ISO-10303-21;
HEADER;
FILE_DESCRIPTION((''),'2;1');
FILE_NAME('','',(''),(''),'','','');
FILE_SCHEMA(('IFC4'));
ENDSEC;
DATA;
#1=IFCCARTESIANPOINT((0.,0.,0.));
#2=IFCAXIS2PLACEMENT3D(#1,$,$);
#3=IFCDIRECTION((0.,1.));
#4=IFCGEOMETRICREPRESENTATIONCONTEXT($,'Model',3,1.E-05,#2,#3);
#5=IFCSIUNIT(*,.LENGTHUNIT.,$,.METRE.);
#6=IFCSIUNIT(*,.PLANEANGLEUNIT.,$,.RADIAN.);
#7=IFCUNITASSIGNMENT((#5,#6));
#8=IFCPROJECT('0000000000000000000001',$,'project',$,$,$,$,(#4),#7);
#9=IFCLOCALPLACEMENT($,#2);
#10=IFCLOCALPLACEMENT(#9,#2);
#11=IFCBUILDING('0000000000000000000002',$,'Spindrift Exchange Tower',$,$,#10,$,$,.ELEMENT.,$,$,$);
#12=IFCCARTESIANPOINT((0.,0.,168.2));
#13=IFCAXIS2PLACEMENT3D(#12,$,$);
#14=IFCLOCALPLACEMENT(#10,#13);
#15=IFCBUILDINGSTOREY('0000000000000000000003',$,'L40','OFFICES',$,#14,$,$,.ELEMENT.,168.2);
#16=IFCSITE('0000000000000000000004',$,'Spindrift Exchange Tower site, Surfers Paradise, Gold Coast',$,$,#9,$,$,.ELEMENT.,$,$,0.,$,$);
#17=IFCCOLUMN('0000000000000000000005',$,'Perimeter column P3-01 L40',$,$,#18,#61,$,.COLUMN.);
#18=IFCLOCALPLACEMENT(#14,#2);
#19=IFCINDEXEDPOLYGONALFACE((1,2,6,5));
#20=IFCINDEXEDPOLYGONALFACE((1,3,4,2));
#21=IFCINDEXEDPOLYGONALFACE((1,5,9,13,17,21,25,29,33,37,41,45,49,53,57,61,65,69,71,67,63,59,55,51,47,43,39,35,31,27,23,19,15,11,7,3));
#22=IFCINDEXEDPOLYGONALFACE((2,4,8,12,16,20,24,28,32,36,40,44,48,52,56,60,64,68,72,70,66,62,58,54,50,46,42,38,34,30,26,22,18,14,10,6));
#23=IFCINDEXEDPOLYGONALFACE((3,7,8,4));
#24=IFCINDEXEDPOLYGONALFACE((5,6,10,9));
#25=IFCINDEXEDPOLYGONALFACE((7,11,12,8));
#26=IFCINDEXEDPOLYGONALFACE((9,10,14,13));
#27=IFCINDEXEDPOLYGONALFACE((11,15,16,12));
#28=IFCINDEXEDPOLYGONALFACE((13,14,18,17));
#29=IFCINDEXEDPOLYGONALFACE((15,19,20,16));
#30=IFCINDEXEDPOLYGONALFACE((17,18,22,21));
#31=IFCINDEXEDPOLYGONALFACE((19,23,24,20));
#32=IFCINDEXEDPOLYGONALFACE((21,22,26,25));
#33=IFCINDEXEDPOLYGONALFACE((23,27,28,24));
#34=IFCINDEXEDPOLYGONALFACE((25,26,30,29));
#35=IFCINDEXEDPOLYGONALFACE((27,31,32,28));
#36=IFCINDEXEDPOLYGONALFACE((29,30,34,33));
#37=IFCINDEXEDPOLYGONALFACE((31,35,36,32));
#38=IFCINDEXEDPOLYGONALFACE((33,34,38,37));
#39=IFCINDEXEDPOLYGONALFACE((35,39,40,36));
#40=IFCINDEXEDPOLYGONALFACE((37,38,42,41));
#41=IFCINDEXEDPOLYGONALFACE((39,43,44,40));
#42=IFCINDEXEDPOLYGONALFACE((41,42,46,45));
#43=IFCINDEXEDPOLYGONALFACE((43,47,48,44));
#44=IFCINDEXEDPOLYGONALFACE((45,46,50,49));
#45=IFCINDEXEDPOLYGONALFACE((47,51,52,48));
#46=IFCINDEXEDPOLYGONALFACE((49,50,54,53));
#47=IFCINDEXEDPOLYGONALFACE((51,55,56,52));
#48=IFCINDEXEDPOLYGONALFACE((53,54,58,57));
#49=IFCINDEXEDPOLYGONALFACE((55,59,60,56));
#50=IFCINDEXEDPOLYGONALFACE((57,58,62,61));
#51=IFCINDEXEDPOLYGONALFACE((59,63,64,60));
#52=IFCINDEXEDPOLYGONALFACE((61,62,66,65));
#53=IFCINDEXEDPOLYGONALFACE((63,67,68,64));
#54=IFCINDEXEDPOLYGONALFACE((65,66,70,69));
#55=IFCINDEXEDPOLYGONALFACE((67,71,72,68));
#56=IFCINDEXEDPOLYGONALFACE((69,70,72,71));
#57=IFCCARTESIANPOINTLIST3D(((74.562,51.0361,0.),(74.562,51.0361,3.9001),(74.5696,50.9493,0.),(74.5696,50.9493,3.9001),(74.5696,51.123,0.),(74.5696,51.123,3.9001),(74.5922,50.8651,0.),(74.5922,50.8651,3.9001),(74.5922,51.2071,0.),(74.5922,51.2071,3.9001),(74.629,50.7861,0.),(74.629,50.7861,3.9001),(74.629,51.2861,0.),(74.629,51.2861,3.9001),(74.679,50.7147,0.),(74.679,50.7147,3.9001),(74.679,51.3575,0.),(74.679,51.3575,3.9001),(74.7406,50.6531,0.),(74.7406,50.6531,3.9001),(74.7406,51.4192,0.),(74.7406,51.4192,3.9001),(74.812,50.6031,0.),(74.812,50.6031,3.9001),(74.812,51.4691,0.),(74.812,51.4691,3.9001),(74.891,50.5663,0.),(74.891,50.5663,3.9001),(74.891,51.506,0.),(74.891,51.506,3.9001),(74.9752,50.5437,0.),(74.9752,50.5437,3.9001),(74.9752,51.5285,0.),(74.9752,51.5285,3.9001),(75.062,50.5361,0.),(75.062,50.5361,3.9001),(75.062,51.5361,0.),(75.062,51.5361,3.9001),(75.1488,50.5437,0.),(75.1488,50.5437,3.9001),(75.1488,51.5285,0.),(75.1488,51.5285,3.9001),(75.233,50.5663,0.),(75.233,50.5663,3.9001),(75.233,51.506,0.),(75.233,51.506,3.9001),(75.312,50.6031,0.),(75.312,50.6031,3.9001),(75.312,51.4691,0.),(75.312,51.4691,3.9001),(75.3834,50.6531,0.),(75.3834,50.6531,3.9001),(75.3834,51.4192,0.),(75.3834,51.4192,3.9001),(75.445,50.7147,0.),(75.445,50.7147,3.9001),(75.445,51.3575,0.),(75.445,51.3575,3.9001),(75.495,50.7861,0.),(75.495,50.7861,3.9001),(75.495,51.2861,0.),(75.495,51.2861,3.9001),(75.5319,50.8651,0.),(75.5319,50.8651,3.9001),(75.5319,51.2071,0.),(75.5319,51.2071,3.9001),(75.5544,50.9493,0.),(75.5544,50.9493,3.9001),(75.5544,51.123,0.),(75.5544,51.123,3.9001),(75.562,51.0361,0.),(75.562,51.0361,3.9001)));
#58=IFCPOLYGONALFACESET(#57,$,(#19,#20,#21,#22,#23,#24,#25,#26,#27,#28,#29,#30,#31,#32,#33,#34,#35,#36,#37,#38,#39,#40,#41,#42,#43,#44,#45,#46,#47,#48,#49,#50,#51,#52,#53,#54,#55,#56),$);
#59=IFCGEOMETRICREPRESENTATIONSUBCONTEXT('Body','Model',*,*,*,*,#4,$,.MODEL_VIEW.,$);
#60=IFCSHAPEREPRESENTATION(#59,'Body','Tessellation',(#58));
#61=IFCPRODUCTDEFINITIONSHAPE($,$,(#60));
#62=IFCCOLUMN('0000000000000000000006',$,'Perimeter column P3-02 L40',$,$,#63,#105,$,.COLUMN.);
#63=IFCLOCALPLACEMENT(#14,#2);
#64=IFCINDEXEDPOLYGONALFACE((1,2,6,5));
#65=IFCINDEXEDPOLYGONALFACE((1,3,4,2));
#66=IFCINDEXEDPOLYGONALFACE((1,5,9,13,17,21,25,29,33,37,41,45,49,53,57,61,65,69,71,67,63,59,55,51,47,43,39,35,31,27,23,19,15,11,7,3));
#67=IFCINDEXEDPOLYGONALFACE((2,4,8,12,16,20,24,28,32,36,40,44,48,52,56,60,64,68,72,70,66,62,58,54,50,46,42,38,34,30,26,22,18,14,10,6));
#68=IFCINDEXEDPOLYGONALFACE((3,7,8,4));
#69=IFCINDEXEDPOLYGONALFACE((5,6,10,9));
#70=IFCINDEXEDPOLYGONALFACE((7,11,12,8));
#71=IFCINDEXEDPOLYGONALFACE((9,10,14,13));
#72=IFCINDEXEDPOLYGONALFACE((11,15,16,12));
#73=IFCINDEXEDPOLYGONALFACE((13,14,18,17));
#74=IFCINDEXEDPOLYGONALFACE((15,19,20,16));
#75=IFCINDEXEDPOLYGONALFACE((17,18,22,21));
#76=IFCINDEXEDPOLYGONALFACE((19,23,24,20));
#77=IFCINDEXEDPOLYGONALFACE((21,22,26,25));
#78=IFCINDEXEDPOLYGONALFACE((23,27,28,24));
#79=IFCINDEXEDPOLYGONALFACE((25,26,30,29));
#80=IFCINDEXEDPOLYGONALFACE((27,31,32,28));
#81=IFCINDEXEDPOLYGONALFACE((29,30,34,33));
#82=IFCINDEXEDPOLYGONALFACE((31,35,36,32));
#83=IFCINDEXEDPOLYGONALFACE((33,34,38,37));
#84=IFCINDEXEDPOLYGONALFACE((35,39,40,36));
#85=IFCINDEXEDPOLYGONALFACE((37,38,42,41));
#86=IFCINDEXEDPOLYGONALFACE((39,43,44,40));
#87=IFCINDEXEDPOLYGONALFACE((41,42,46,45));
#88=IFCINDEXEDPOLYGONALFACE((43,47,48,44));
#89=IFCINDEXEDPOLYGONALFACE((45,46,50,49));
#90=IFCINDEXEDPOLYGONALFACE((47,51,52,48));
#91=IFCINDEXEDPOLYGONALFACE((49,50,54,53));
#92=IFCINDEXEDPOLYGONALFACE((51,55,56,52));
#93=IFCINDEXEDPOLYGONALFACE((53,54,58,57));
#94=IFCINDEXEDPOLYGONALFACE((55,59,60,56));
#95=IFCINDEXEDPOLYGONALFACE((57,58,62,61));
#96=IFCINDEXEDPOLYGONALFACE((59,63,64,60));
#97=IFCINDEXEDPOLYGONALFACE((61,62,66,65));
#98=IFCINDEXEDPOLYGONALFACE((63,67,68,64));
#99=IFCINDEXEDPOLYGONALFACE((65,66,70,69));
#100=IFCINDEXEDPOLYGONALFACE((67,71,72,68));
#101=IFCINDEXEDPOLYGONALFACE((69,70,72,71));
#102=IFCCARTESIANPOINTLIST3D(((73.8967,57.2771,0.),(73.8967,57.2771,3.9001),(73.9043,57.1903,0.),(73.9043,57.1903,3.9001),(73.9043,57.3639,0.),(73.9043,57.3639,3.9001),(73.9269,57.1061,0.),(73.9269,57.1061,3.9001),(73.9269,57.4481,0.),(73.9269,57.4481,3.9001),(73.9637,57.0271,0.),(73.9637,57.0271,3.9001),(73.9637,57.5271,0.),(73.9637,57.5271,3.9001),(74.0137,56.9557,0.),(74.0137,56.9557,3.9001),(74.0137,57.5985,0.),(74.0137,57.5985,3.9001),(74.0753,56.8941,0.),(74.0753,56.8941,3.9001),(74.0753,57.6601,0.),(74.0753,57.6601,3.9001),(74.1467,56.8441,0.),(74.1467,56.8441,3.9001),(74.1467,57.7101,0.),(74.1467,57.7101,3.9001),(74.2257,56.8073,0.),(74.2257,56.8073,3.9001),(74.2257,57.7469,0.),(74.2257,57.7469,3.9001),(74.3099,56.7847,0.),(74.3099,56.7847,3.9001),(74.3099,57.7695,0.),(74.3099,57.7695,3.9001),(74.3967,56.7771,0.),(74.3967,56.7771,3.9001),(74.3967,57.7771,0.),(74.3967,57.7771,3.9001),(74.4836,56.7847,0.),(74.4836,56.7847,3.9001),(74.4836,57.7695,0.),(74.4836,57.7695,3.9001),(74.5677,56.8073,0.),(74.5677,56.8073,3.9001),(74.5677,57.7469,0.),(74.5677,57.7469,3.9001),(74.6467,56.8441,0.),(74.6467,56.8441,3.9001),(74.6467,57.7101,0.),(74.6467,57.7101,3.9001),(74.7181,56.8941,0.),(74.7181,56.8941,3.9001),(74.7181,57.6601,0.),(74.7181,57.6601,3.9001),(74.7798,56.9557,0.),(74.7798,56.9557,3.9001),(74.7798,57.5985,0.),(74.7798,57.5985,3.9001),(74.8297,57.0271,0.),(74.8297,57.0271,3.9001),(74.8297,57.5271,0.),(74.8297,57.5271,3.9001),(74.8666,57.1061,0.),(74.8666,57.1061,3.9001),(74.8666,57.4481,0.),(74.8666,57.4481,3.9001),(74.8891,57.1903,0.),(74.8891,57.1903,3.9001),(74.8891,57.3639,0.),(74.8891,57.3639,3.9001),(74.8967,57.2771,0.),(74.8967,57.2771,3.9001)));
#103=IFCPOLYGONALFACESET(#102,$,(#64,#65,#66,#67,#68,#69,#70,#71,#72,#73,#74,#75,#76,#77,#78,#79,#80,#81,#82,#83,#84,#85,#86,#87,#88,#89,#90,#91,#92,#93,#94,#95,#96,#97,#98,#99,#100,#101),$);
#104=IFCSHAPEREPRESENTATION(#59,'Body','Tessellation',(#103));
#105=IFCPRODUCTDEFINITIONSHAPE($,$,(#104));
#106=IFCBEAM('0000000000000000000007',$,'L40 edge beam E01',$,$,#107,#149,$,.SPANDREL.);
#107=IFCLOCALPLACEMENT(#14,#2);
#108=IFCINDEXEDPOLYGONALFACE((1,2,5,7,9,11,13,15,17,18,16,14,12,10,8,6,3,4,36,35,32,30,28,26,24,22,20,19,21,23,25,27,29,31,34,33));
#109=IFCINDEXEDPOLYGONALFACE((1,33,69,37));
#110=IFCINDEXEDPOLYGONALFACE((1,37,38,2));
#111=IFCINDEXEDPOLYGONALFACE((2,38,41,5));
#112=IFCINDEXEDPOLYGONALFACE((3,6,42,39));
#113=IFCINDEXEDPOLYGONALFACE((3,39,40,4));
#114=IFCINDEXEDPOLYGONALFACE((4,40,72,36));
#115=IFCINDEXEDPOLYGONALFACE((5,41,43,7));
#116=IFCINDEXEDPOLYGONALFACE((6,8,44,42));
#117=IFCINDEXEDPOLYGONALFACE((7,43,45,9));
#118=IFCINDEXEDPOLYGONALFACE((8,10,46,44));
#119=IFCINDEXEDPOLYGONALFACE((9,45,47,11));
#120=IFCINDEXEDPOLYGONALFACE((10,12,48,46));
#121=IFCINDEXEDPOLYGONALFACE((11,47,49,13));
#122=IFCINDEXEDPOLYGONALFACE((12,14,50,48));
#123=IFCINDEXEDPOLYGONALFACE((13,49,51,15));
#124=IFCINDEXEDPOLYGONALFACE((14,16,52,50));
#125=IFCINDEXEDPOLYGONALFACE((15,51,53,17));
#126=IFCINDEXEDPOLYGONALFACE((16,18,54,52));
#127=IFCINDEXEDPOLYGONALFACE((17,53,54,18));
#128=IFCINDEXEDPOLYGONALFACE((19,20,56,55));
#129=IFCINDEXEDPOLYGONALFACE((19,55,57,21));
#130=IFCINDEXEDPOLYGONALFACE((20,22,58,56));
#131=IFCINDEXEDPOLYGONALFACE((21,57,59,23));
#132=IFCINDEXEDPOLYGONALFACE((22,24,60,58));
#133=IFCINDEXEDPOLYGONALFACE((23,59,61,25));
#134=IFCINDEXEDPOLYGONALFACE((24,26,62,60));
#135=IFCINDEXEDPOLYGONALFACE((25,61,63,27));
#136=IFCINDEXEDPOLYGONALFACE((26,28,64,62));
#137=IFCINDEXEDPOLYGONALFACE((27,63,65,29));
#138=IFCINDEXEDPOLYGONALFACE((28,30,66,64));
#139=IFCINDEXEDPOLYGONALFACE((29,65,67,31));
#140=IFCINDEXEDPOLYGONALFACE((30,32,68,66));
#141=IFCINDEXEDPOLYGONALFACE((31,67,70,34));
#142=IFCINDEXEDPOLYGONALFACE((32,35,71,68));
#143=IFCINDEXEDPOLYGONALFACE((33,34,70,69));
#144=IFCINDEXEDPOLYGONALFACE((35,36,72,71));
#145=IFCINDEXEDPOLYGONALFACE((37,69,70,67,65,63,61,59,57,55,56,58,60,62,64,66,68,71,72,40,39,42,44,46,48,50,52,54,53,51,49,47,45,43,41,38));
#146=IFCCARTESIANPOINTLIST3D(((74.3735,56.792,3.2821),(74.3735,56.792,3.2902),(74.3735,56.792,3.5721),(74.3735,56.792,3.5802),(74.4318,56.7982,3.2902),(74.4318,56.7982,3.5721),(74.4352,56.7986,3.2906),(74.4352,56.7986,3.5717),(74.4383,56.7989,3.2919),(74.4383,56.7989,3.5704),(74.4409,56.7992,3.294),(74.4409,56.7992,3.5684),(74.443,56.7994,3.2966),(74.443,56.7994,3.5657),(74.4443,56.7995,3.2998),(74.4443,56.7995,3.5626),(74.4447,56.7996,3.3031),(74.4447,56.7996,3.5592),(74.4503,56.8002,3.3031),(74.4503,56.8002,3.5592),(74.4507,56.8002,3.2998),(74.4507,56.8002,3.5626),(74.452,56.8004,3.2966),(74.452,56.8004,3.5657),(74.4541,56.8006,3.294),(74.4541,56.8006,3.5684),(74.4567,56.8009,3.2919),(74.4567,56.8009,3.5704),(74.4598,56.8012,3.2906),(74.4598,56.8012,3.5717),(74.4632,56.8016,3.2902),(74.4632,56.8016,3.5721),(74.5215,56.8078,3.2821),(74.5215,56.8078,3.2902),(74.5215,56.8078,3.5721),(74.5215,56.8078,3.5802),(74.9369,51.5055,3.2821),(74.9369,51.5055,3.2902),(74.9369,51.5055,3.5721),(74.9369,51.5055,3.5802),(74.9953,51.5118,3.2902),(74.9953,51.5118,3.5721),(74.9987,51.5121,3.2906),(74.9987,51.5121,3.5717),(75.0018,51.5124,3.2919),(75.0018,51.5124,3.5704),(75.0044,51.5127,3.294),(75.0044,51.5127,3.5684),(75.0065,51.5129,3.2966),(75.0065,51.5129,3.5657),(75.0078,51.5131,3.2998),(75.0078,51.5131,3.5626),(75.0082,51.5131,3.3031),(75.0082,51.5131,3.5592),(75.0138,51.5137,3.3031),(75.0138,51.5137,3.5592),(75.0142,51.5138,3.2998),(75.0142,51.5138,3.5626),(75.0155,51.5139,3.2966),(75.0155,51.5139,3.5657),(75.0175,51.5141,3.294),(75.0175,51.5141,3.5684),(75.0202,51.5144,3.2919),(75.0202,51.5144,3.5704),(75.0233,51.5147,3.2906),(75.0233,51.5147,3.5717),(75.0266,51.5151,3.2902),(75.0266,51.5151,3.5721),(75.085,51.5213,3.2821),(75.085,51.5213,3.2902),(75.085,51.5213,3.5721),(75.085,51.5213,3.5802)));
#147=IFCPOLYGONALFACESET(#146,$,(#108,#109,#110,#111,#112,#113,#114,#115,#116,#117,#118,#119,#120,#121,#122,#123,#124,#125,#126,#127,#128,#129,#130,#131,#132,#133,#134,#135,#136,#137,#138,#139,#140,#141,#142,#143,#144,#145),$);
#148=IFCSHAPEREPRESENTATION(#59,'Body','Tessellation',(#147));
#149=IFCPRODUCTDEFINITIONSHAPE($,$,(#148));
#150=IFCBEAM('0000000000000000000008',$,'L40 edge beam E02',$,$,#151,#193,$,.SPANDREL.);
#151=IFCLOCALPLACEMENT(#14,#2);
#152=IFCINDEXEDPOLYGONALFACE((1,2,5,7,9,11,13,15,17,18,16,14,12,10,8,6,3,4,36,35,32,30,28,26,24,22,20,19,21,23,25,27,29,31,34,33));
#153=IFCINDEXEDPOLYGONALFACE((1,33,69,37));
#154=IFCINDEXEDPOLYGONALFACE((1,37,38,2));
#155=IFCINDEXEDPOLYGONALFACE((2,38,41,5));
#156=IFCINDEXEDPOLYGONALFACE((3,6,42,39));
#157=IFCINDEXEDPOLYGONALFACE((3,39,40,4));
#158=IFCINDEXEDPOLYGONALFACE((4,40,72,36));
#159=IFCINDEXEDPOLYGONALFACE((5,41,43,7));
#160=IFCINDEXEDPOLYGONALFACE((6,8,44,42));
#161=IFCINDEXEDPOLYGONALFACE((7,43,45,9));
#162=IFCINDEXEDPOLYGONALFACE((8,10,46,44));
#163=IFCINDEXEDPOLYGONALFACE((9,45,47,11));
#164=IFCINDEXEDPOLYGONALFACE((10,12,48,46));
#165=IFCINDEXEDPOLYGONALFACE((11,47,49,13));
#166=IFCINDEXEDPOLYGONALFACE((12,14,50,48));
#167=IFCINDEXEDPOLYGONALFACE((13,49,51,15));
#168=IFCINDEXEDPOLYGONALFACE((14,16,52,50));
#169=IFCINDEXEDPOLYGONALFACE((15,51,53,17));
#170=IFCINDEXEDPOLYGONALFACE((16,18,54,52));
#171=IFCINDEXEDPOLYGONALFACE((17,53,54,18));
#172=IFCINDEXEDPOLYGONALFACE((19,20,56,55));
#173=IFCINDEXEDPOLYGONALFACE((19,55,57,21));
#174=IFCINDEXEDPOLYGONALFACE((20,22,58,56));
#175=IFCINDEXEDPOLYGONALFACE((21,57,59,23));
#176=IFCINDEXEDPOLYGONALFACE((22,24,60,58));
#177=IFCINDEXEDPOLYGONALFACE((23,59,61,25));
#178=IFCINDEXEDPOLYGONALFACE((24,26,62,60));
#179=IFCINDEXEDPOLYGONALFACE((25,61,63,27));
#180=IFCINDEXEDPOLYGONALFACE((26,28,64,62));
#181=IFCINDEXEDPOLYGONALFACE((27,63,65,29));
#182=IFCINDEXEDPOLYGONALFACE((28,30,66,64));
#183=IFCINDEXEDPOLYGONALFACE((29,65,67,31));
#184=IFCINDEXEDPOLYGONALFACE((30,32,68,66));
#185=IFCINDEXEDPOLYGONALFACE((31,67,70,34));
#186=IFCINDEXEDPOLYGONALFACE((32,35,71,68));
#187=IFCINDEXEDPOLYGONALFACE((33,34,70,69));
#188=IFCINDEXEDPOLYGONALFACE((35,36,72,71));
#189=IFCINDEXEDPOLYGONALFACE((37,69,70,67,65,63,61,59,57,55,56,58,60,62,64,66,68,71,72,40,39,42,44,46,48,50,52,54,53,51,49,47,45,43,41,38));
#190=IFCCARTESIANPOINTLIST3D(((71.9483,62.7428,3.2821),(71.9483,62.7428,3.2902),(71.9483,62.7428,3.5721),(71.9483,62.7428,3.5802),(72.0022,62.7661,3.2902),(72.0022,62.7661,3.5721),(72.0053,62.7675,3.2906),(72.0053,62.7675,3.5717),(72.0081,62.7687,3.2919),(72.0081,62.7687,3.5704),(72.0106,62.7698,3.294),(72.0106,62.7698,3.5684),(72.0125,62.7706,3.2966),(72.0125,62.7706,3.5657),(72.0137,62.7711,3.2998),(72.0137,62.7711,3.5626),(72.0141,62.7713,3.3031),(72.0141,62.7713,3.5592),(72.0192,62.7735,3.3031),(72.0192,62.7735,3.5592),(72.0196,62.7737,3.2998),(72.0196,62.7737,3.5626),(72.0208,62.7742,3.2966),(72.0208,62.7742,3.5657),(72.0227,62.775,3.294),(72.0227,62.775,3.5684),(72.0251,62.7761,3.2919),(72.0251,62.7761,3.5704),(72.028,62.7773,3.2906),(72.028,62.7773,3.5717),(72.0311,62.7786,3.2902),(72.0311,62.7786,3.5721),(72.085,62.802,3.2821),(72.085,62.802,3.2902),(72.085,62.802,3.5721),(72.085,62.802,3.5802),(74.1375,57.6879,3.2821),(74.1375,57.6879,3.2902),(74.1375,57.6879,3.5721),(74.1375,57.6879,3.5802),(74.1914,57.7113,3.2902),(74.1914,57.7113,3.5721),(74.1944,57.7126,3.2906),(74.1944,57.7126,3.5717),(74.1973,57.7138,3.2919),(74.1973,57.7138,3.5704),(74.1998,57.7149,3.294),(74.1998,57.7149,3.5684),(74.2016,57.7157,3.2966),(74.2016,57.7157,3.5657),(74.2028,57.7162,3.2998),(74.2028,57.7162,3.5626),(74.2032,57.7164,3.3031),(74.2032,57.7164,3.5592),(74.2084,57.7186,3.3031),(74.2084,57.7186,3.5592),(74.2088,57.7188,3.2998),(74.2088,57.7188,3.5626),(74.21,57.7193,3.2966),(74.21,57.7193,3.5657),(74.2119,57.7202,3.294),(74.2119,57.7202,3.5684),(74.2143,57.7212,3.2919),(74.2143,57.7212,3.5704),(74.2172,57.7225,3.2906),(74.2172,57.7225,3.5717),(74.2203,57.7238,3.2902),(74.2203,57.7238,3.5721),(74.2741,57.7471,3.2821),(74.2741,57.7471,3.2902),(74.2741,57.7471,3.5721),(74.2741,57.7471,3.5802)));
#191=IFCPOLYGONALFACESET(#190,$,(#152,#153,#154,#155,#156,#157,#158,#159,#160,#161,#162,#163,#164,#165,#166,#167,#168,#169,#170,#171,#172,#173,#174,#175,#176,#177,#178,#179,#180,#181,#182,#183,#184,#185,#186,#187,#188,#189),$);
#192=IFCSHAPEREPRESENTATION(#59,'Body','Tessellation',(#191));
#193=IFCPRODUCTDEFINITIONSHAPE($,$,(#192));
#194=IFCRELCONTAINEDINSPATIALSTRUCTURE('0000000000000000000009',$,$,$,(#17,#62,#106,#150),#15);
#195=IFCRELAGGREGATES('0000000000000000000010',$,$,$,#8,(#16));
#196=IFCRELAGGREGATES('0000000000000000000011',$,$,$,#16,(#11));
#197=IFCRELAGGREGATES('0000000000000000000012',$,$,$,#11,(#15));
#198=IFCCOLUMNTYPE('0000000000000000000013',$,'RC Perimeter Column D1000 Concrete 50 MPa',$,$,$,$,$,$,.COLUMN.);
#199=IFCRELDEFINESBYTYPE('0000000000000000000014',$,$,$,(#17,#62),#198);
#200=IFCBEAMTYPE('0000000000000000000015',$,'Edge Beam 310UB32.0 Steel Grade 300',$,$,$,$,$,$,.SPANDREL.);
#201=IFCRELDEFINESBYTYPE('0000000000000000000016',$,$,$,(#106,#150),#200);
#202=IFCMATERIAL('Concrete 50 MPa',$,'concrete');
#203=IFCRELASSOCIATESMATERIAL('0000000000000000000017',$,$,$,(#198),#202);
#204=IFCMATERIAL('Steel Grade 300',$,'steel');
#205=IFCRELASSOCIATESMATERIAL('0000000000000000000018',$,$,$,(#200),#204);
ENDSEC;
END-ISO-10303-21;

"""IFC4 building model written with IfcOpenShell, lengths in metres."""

from ifc_helpers import new_model, si_unit, direction, frame, origin, origin_2d, place, context, subcontext, project, spatial, circle, i_section, extrude, source, transform, mapped, material, material_profile, profile_set, type_object, element, save


model = new_model("IFC4")

# Units and contexts
model_context = context("Model", 3, precision=1e-05, world=origin(), true_north=direction((0.0, 1.0)))
body_context = subcontext(model_context, "Body", "Model", "MODEL_VIEW")
ifc_project = project(units=[si_unit("LENGTHUNIT", "METRE"), si_unit("PLANEANGLEUNIT", "RADIAN")], contexts=[model_context])

# Site, building, storey
site_placement = place(None, origin())
site = spatial("IfcSite", under=ifc_project, at=site_placement, Name="Spindrift Exchange Tower site, Surfers Paradise, Gold Coast", CompositionType="ELEMENT", RefElevation=0.0)
building_placement = place(site_placement, origin())
building = spatial("IfcBuilding", under=site, at=building_placement, Name="Spindrift Exchange Tower", CompositionType="ELEMENT")
storey_placement = place(building_placement, frame((0.0, 0.0, 168.2)))
storey = spatial("IfcBuildingStorey", under=building, at=storey_placement, Name="L40", Description="OFFICES", CompositionType="ELEMENT", Elevation=168.2)

# Columns
ifc_material_1 = material(Name="Concrete 50 MPa", Category="concrete")
ifc_material_profile_1 = material_profile(ifc_material_1, circle(Radius=0.5, at=origin_2d()), Name="RC D1000")
ifc_profile_set_1 = profile_set([ifc_material_profile_1], Name="Concrete 50 MPa")
column_type = type_object("IfcColumnType", Name="RC Perimeter Column D1000 Concrete 50 MPa", PredefinedType="COLUMN", material=ifc_profile_set_1)
shared_shape_1 = source(origin(), body_context, "Body", "SweptSolid", [
    extrude(circle(Radius=0.5, at=origin_2d()), origin(), (0.0, 0.0, 1.0), 3.9001),
])
for number, where, z_axis, x_axis, name in (
    (1, (75.062, 51.0361, 0.0), (0.0, 0.0, 1.0), (1.0, 0.0, 0.0), "Perimeter column P3-01 L40"),
    (2, (74.3967, 57.2771, 0.0), (0.0, 0.0, 1.0), (1.0, 0.0, 0.0), "Perimeter column P3-02 L40"),
):
    element("IfcColumn", number, at=place(storey_placement, frame(where, z_axis=z_axis, x_axis=x_axis)), inside=storey, type_object=column_type, Name=name, PredefinedType="COLUMN", context=body_context, shape_type="MappedRepresentation", body=[
        mapped(shared_shape_1, transform((0.0, 0.0, 0.0), scale=1.0)),
    ])

# Beams
ifc_material_2 = material(Name="Steel Grade 300", Category="steel")
ifc_material_profile_2 = material_profile(ifc_material_2, i_section(OverallWidth=0.1489, OverallDepth=0.2981, WebThickness=0.0056, FlangeThickness=0.0081, FilletRadius=0.0129, at=origin_2d()), Name="310UB32.0")
ifc_profile_set_2 = profile_set([ifc_material_profile_2], Name="Steel Grade 300")
beam_type_1 = type_object("IfcBeamType", Name="Edge Beam 310UB32.0 Steel Grade 300", PredefinedType="SPANDREL", material=ifc_profile_set_2)
shared_shape_2 = source(origin(), body_context, "Body", "SweptSolid", [
    extrude(i_section(OverallWidth=0.1489, OverallDepth=0.2981, WebThickness=0.0056, FlangeThickness=0.0081, FilletRadius=0.0129, at=origin_2d()), origin(), (0.0, 0.0, 1.0), 5.3164),
])
beam_1_placement = place(storey_placement, frame((75.011, 51.5134, 3.4312), z_axis=(-0.10599, 0.994367, 0.0), x_axis=(-0.994367, -0.10599, 0.0)))
element("IfcBeam", 3, at=beam_1_placement, inside=storey, type_object=beam_type_1, Name="L40 edge beam E01", PredefinedType="SPANDREL", context=body_context, shape_type="MappedRepresentation", body=[
    mapped(shared_shape_2, transform((0.0, 0.0, 0.0), scale=1.0)),
])
shared_shape_3 = source(origin(), body_context, "Body", "SweptSolid", [
    extrude(i_section(OverallWidth=0.1489, OverallDepth=0.2981, WebThickness=0.0056, FlangeThickness=0.0081, FilletRadius=0.0129, at=origin_2d()), origin(), (0.0, 0.0, 1.0), 5.5085),
])
beam_2_placement = place(storey_placement, frame((74.2058, 57.7175, 3.4312), z_axis=(-0.397415, 0.917639, 0.0), x_axis=(-0.917639, -0.397415, 0.0)))
element("IfcBeam", 4, at=beam_2_placement, inside=storey, type_object=beam_type_1, Name="L40 edge beam E02", PredefinedType="SPANDREL", context=body_context, shape_type="MappedRepresentation", body=[
    mapped(shared_shape_3, transform((0.0, 0.0, 0.0), scale=1.0)),
])

save(model, "model.ifc")
